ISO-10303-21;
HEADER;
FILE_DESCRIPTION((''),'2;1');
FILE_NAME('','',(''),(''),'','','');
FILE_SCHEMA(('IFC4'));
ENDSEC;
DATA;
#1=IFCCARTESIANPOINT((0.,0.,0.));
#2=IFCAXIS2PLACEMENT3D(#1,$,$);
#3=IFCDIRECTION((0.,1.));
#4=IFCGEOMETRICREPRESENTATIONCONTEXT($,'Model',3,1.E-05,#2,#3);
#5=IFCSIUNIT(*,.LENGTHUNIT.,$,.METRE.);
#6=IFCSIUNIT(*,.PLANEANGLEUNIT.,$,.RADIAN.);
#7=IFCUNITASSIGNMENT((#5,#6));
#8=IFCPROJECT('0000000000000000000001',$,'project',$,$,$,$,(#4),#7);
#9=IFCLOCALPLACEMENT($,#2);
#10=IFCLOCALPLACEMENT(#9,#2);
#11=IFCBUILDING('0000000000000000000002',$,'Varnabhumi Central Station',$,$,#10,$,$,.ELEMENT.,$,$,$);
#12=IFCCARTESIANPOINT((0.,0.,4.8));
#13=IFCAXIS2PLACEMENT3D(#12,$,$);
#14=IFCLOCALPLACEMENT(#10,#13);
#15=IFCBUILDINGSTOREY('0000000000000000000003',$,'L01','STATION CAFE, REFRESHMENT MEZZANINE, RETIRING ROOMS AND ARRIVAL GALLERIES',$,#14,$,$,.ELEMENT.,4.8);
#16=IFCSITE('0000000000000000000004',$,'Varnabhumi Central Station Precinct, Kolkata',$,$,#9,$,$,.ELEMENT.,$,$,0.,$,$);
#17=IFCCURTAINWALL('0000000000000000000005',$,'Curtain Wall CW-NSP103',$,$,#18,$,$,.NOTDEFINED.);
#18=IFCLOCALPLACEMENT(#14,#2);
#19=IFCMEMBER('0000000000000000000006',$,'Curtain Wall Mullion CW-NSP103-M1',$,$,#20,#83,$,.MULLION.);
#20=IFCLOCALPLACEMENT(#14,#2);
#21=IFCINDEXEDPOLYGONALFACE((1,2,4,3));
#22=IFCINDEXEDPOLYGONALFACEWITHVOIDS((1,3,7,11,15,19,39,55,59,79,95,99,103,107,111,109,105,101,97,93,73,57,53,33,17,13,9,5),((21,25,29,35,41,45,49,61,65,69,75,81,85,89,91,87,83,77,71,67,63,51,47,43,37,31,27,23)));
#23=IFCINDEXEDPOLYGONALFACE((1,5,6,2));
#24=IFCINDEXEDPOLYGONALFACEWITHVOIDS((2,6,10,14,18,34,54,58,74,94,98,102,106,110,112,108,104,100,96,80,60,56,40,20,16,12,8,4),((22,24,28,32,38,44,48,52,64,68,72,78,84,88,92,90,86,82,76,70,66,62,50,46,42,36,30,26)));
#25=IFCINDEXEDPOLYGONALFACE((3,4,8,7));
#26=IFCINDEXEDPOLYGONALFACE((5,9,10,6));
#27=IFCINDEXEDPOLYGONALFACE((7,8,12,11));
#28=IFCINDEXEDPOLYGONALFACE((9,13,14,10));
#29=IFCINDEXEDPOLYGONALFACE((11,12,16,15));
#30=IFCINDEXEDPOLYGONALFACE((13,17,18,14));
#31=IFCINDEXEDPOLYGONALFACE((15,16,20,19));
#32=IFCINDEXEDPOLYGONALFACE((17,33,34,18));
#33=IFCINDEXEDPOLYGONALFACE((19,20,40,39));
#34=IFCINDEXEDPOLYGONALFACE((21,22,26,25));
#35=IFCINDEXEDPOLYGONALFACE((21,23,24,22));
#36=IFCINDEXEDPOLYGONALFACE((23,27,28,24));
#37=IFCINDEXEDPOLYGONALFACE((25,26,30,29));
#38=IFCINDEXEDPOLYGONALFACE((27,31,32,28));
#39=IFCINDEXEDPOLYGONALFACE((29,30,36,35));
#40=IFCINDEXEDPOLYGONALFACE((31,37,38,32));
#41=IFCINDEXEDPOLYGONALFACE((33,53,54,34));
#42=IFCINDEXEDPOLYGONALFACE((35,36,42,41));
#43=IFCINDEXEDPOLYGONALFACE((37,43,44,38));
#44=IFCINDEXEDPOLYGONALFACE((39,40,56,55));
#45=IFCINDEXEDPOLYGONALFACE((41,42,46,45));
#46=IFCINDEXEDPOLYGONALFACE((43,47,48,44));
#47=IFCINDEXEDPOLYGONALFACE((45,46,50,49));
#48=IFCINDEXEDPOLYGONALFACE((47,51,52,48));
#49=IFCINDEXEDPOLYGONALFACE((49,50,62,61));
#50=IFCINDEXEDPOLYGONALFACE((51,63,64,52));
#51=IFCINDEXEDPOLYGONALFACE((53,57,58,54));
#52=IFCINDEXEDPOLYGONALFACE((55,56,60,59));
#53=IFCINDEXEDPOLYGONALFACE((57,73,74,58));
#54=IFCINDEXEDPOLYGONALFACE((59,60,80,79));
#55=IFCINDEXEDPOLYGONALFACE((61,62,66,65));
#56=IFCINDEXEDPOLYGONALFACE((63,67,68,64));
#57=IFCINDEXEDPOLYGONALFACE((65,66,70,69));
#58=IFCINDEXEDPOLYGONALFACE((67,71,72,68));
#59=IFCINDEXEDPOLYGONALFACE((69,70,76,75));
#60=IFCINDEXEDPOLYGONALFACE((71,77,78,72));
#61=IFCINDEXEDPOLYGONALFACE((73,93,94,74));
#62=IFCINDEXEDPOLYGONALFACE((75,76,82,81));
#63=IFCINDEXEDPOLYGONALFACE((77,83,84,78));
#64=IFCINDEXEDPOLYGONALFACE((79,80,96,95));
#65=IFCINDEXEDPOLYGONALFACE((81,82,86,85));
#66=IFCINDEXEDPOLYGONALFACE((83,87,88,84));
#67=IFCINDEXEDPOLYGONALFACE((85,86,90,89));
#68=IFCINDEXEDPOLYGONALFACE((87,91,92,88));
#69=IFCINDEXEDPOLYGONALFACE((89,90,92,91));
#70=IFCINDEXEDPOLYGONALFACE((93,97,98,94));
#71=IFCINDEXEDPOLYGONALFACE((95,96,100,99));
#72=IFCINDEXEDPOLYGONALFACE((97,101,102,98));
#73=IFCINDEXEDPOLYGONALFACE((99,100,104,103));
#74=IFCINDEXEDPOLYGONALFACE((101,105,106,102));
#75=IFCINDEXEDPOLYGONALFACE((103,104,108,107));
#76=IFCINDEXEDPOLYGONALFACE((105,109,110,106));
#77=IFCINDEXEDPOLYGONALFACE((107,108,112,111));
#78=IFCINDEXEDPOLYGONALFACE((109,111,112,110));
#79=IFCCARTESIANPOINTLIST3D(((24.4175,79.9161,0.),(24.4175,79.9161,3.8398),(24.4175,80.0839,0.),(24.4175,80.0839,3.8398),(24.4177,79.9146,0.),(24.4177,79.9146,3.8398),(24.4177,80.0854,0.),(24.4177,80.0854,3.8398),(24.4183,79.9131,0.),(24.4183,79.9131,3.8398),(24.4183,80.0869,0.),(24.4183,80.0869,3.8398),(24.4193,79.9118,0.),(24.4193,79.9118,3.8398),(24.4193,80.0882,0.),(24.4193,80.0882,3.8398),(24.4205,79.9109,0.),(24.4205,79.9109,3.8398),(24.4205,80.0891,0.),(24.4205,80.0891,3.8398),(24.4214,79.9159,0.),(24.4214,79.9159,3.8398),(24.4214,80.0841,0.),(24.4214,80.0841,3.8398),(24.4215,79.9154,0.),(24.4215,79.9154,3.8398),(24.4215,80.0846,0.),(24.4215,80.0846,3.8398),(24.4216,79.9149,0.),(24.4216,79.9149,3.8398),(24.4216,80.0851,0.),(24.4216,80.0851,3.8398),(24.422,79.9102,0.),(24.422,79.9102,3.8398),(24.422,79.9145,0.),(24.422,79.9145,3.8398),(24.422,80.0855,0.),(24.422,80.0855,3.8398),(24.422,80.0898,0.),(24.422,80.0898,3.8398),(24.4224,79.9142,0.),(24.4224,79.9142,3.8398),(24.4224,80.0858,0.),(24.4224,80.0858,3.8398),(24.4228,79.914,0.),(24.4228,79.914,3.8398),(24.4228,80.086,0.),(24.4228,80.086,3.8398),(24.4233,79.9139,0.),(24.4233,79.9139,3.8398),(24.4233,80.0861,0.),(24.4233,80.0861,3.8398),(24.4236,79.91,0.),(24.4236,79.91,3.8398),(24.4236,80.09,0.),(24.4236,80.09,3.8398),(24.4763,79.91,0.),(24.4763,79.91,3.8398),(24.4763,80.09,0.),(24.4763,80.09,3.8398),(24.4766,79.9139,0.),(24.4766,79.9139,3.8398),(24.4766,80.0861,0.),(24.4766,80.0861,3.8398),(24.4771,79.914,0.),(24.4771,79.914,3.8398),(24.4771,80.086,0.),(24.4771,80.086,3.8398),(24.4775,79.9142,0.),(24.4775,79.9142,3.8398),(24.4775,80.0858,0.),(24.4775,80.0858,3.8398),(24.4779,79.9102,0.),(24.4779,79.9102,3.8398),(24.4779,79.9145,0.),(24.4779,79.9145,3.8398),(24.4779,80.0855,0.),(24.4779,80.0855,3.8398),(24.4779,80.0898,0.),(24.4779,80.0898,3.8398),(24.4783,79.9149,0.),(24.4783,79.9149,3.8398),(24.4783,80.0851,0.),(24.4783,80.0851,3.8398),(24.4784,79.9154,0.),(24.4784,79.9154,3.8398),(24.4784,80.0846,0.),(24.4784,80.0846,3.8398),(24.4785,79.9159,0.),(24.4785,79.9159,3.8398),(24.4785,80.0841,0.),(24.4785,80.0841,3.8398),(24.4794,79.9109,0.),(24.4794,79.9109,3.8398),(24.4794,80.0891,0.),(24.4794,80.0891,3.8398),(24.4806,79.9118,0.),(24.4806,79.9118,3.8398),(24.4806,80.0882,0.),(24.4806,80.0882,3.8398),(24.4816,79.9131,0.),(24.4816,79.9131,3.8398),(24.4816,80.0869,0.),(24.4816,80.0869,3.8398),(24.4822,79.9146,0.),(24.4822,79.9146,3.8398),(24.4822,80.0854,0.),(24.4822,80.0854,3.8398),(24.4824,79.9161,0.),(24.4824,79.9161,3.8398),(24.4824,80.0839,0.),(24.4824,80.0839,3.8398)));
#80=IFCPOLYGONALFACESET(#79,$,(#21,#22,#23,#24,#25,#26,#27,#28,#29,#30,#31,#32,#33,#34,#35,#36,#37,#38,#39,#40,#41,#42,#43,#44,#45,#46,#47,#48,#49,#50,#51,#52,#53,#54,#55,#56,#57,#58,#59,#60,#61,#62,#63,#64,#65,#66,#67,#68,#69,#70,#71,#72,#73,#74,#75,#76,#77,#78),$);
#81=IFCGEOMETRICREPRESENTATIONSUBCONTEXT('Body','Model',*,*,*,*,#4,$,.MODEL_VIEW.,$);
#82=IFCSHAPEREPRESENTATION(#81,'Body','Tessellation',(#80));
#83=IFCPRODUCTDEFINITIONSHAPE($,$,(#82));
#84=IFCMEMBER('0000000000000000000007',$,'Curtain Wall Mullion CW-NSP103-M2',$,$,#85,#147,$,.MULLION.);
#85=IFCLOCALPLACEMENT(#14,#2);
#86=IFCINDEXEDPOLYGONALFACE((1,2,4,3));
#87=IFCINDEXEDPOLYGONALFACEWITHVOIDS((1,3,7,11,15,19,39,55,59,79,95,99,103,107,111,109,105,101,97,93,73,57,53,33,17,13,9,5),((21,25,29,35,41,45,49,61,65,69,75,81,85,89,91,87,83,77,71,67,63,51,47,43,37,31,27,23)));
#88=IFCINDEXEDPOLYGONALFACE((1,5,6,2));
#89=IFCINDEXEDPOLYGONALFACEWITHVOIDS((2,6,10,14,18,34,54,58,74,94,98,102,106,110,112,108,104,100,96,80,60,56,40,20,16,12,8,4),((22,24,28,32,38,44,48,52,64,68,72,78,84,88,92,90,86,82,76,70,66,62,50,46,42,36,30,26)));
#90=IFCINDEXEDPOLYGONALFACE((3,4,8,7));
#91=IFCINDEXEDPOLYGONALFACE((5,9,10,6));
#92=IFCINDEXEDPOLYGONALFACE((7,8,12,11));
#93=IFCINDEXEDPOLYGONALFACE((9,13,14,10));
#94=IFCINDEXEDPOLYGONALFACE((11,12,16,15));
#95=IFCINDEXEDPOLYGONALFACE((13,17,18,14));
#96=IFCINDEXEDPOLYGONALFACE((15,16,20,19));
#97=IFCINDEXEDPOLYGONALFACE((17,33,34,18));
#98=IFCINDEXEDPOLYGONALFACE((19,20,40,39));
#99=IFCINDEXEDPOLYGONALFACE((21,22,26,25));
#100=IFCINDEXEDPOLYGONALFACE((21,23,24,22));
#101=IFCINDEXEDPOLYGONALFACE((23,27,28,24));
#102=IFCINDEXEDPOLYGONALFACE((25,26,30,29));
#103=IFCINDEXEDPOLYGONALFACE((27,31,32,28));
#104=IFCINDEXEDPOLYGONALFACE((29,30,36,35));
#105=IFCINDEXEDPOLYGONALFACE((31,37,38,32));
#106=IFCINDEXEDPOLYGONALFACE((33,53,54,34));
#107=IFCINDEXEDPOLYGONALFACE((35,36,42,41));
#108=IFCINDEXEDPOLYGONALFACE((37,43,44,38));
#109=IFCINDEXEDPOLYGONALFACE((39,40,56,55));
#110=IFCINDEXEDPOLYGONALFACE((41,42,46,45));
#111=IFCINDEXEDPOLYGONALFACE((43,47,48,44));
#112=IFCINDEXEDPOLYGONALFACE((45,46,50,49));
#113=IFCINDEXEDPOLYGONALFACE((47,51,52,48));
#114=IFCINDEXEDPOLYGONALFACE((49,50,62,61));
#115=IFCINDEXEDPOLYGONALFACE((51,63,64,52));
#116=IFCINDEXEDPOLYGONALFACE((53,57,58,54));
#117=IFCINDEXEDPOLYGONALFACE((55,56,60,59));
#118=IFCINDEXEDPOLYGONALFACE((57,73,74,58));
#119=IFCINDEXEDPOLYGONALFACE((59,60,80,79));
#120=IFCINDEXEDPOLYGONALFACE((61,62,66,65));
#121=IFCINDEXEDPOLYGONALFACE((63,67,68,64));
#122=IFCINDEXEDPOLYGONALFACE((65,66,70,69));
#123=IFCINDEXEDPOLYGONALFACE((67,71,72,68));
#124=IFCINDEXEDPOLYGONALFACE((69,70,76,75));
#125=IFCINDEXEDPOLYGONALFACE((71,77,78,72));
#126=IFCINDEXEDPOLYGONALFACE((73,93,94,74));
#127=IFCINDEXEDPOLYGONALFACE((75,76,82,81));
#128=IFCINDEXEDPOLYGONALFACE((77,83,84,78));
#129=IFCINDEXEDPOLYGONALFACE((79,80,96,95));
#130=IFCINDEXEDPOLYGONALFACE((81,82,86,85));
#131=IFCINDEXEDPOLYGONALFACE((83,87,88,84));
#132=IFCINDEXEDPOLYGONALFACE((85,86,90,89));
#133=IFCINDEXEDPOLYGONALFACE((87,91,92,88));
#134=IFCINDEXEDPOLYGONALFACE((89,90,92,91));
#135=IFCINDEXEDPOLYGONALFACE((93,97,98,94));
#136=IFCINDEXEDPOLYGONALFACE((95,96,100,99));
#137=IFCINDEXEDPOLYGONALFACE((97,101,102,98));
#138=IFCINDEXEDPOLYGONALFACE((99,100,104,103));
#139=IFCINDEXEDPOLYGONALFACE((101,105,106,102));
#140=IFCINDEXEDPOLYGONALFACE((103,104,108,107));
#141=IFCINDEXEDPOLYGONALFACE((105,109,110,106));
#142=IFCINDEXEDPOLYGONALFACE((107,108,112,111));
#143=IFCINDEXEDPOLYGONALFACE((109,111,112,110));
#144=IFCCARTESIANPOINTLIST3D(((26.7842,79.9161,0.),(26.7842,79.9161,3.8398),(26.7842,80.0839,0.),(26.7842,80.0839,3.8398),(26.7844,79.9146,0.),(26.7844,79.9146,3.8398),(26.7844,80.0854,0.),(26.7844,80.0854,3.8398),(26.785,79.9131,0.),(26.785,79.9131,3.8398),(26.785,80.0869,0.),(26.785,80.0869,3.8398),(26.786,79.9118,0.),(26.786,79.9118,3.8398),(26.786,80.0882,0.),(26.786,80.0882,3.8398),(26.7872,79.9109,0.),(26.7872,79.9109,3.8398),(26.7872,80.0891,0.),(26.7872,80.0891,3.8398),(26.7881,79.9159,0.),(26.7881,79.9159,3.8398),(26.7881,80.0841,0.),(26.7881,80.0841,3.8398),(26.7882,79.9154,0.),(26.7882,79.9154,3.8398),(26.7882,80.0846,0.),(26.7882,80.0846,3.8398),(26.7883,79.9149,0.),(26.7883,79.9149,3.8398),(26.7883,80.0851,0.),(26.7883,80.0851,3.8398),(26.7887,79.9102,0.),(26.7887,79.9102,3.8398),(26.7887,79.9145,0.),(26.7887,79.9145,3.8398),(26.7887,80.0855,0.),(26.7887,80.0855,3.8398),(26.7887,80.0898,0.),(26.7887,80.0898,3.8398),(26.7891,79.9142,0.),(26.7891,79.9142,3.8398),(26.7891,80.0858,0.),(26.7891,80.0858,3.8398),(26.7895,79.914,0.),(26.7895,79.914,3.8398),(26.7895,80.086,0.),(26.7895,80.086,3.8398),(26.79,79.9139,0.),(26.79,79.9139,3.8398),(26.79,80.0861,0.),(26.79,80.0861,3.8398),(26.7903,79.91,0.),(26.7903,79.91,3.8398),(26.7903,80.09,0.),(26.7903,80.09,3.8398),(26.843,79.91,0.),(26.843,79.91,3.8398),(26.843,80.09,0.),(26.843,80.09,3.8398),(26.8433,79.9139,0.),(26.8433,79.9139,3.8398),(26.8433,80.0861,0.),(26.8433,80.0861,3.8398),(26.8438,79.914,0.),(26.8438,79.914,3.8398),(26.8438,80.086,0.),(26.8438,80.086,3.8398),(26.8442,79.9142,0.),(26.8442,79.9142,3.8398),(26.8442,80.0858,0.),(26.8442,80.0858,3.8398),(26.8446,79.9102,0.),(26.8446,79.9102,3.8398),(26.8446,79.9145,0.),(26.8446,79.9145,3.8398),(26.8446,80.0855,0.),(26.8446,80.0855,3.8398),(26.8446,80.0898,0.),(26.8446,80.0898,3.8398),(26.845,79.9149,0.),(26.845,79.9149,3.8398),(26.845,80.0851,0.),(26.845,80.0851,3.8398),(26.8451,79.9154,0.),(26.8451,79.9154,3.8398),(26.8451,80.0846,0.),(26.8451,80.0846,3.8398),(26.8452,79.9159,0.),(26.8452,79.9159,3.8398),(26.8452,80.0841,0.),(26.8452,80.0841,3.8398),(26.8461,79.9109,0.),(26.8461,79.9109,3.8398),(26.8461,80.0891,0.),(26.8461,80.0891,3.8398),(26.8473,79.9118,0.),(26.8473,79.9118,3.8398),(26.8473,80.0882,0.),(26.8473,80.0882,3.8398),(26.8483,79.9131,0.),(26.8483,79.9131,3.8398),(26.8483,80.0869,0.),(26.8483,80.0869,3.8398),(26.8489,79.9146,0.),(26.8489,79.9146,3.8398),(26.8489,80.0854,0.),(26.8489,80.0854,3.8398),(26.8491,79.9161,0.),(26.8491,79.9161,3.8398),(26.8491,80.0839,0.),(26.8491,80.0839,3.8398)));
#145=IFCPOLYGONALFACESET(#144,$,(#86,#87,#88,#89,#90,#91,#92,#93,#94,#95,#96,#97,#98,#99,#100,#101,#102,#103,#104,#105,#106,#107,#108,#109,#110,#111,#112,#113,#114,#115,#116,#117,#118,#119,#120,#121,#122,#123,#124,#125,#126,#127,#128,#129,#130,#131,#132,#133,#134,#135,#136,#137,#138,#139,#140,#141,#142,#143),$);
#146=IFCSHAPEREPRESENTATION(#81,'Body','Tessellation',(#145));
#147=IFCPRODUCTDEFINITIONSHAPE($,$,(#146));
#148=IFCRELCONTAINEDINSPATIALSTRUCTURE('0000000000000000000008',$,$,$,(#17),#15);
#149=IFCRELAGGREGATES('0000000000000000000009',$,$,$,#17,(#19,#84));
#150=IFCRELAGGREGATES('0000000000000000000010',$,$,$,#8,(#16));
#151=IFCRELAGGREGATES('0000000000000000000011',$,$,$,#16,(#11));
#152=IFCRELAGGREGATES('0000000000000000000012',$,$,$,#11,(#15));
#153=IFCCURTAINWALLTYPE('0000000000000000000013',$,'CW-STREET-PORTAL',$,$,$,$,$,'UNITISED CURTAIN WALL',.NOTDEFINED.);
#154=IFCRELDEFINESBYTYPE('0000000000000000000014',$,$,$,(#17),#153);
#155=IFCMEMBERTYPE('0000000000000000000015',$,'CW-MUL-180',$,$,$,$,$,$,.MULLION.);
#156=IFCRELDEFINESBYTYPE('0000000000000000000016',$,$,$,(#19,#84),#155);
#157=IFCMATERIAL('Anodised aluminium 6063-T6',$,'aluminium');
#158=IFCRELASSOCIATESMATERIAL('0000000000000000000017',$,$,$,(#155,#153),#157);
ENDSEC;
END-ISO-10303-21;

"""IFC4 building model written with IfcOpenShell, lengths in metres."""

from ifc_helpers import new_model, si_unit, direction, frame, origin, origin_2d, place, context, subcontext, project, spatial, hollow_rectangle, extrude, material, material_profile, profile_set, type_object, element, aggregate, save


model = new_model("IFC4")

# Units and contexts
model_context = context("Model", 3, precision=1e-05, world=origin(), true_north=direction((0.0, 1.0)))
body_context = subcontext(model_context, "Body", "Model", "MODEL_VIEW")
ifc_project = project(units=[si_unit("LENGTHUNIT", "METRE"), si_unit("PLANEANGLEUNIT", "RADIAN")], contexts=[model_context])

# Site, building, storey
site_placement = place(None, origin())
site = spatial("IfcSite", under=ifc_project, at=site_placement, Name="Varnabhumi Central Station Precinct, Kolkata", CompositionType="ELEMENT", RefElevation=0.0)
building_placement = place(site_placement, origin())
building = spatial("IfcBuilding", under=site, at=building_placement, Name="Varnabhumi Central Station", CompositionType="ELEMENT")
storey_placement = place(building_placement, frame((0.0, 0.0, 4.8)))
storey = spatial("IfcBuildingStorey", under=building, at=storey_placement, Name="L01", Description="STATION CAFE, REFRESHMENT MEZZANINE, RETIRING ROOMS AND ARRIVAL GALLERIES", CompositionType="ELEMENT", Elevation=4.8)

# Shared definitions
ifc_material_1 = material(Name="Anodised aluminium 6063-T6", Category="aluminium")
ifc_material_profile_1 = material_profile(ifc_material_1, hollow_rectangle(XDim=0.0649, YDim=0.1799, WallThickness=0.0039, InnerFilletRadius=0.002, OuterFilletRadius=0.0061, at=origin_2d()), Name="Anodised aluminium 6063-T6", Category="aluminium")
ifc_profile_set_1 = profile_set([ifc_material_profile_1], Name="Anodised aluminium 6063-T6")
member_type_1 = type_object("IfcMemberType", Name="CW-MUL-180", PredefinedType="MULLION", material=ifc_profile_set_1)

# Curtain wall, members
curtain_wall_type_1 = type_object("IfcCurtainWallType", Name="CW-STREET-PORTAL", ElementType="UNITISED CURTAIN WALL", PredefinedType="NOTDEFINED", material=ifc_material_1)
curtain_wall_1_placement = place(storey_placement, origin())
curtain_wall_1 = element("IfcCurtainWall", 1, at=curtain_wall_1_placement, inside=storey, type_object=curtain_wall_type_1, Name="Curtain Wall CW-NSP103", PredefinedType="NOTDEFINED")
member_1_placement = place(storey_placement, frame((24.45, 80.0, 0.0), z_axis=(0.0, 0.0, 1.0), x_axis=(1.0, 0.0, 0.0)))
member_1 = element("IfcMember", 2, at=member_1_placement, type_object=member_type_1, Name="Curtain Wall Mullion CW-NSP103-M1", PredefinedType="MULLION", context=body_context, shape_type="SweptSolid", body=[
    extrude(hollow_rectangle(XDim=0.0649, YDim=0.1799, WallThickness=0.0039, InnerFilletRadius=0.002, OuterFilletRadius=0.0061, at=origin_2d()), origin(), (0.0, 0.0, 1.0), 3.8398),
])
member_2_placement = place(storey_placement, frame((26.8167, 80.0, 0.0), z_axis=(0.0, 0.0, 1.0), x_axis=(1.0, 0.0, 0.0)))
member_2 = element("IfcMember", 3, at=member_2_placement, type_object=member_type_1, Name="Curtain Wall Mullion CW-NSP103-M2", PredefinedType="MULLION", context=body_context, shape_type="SweptSolid", body=[
    extrude(hollow_rectangle(XDim=0.0649, YDim=0.1799, WallThickness=0.0039, InnerFilletRadius=0.002, OuterFilletRadius=0.0061, at=origin_2d()), origin(), (0.0, 0.0, 1.0), 3.8398),
])
aggregate(curtain_wall_1, [member_1, member_2])

save(model, "model.ifc")
